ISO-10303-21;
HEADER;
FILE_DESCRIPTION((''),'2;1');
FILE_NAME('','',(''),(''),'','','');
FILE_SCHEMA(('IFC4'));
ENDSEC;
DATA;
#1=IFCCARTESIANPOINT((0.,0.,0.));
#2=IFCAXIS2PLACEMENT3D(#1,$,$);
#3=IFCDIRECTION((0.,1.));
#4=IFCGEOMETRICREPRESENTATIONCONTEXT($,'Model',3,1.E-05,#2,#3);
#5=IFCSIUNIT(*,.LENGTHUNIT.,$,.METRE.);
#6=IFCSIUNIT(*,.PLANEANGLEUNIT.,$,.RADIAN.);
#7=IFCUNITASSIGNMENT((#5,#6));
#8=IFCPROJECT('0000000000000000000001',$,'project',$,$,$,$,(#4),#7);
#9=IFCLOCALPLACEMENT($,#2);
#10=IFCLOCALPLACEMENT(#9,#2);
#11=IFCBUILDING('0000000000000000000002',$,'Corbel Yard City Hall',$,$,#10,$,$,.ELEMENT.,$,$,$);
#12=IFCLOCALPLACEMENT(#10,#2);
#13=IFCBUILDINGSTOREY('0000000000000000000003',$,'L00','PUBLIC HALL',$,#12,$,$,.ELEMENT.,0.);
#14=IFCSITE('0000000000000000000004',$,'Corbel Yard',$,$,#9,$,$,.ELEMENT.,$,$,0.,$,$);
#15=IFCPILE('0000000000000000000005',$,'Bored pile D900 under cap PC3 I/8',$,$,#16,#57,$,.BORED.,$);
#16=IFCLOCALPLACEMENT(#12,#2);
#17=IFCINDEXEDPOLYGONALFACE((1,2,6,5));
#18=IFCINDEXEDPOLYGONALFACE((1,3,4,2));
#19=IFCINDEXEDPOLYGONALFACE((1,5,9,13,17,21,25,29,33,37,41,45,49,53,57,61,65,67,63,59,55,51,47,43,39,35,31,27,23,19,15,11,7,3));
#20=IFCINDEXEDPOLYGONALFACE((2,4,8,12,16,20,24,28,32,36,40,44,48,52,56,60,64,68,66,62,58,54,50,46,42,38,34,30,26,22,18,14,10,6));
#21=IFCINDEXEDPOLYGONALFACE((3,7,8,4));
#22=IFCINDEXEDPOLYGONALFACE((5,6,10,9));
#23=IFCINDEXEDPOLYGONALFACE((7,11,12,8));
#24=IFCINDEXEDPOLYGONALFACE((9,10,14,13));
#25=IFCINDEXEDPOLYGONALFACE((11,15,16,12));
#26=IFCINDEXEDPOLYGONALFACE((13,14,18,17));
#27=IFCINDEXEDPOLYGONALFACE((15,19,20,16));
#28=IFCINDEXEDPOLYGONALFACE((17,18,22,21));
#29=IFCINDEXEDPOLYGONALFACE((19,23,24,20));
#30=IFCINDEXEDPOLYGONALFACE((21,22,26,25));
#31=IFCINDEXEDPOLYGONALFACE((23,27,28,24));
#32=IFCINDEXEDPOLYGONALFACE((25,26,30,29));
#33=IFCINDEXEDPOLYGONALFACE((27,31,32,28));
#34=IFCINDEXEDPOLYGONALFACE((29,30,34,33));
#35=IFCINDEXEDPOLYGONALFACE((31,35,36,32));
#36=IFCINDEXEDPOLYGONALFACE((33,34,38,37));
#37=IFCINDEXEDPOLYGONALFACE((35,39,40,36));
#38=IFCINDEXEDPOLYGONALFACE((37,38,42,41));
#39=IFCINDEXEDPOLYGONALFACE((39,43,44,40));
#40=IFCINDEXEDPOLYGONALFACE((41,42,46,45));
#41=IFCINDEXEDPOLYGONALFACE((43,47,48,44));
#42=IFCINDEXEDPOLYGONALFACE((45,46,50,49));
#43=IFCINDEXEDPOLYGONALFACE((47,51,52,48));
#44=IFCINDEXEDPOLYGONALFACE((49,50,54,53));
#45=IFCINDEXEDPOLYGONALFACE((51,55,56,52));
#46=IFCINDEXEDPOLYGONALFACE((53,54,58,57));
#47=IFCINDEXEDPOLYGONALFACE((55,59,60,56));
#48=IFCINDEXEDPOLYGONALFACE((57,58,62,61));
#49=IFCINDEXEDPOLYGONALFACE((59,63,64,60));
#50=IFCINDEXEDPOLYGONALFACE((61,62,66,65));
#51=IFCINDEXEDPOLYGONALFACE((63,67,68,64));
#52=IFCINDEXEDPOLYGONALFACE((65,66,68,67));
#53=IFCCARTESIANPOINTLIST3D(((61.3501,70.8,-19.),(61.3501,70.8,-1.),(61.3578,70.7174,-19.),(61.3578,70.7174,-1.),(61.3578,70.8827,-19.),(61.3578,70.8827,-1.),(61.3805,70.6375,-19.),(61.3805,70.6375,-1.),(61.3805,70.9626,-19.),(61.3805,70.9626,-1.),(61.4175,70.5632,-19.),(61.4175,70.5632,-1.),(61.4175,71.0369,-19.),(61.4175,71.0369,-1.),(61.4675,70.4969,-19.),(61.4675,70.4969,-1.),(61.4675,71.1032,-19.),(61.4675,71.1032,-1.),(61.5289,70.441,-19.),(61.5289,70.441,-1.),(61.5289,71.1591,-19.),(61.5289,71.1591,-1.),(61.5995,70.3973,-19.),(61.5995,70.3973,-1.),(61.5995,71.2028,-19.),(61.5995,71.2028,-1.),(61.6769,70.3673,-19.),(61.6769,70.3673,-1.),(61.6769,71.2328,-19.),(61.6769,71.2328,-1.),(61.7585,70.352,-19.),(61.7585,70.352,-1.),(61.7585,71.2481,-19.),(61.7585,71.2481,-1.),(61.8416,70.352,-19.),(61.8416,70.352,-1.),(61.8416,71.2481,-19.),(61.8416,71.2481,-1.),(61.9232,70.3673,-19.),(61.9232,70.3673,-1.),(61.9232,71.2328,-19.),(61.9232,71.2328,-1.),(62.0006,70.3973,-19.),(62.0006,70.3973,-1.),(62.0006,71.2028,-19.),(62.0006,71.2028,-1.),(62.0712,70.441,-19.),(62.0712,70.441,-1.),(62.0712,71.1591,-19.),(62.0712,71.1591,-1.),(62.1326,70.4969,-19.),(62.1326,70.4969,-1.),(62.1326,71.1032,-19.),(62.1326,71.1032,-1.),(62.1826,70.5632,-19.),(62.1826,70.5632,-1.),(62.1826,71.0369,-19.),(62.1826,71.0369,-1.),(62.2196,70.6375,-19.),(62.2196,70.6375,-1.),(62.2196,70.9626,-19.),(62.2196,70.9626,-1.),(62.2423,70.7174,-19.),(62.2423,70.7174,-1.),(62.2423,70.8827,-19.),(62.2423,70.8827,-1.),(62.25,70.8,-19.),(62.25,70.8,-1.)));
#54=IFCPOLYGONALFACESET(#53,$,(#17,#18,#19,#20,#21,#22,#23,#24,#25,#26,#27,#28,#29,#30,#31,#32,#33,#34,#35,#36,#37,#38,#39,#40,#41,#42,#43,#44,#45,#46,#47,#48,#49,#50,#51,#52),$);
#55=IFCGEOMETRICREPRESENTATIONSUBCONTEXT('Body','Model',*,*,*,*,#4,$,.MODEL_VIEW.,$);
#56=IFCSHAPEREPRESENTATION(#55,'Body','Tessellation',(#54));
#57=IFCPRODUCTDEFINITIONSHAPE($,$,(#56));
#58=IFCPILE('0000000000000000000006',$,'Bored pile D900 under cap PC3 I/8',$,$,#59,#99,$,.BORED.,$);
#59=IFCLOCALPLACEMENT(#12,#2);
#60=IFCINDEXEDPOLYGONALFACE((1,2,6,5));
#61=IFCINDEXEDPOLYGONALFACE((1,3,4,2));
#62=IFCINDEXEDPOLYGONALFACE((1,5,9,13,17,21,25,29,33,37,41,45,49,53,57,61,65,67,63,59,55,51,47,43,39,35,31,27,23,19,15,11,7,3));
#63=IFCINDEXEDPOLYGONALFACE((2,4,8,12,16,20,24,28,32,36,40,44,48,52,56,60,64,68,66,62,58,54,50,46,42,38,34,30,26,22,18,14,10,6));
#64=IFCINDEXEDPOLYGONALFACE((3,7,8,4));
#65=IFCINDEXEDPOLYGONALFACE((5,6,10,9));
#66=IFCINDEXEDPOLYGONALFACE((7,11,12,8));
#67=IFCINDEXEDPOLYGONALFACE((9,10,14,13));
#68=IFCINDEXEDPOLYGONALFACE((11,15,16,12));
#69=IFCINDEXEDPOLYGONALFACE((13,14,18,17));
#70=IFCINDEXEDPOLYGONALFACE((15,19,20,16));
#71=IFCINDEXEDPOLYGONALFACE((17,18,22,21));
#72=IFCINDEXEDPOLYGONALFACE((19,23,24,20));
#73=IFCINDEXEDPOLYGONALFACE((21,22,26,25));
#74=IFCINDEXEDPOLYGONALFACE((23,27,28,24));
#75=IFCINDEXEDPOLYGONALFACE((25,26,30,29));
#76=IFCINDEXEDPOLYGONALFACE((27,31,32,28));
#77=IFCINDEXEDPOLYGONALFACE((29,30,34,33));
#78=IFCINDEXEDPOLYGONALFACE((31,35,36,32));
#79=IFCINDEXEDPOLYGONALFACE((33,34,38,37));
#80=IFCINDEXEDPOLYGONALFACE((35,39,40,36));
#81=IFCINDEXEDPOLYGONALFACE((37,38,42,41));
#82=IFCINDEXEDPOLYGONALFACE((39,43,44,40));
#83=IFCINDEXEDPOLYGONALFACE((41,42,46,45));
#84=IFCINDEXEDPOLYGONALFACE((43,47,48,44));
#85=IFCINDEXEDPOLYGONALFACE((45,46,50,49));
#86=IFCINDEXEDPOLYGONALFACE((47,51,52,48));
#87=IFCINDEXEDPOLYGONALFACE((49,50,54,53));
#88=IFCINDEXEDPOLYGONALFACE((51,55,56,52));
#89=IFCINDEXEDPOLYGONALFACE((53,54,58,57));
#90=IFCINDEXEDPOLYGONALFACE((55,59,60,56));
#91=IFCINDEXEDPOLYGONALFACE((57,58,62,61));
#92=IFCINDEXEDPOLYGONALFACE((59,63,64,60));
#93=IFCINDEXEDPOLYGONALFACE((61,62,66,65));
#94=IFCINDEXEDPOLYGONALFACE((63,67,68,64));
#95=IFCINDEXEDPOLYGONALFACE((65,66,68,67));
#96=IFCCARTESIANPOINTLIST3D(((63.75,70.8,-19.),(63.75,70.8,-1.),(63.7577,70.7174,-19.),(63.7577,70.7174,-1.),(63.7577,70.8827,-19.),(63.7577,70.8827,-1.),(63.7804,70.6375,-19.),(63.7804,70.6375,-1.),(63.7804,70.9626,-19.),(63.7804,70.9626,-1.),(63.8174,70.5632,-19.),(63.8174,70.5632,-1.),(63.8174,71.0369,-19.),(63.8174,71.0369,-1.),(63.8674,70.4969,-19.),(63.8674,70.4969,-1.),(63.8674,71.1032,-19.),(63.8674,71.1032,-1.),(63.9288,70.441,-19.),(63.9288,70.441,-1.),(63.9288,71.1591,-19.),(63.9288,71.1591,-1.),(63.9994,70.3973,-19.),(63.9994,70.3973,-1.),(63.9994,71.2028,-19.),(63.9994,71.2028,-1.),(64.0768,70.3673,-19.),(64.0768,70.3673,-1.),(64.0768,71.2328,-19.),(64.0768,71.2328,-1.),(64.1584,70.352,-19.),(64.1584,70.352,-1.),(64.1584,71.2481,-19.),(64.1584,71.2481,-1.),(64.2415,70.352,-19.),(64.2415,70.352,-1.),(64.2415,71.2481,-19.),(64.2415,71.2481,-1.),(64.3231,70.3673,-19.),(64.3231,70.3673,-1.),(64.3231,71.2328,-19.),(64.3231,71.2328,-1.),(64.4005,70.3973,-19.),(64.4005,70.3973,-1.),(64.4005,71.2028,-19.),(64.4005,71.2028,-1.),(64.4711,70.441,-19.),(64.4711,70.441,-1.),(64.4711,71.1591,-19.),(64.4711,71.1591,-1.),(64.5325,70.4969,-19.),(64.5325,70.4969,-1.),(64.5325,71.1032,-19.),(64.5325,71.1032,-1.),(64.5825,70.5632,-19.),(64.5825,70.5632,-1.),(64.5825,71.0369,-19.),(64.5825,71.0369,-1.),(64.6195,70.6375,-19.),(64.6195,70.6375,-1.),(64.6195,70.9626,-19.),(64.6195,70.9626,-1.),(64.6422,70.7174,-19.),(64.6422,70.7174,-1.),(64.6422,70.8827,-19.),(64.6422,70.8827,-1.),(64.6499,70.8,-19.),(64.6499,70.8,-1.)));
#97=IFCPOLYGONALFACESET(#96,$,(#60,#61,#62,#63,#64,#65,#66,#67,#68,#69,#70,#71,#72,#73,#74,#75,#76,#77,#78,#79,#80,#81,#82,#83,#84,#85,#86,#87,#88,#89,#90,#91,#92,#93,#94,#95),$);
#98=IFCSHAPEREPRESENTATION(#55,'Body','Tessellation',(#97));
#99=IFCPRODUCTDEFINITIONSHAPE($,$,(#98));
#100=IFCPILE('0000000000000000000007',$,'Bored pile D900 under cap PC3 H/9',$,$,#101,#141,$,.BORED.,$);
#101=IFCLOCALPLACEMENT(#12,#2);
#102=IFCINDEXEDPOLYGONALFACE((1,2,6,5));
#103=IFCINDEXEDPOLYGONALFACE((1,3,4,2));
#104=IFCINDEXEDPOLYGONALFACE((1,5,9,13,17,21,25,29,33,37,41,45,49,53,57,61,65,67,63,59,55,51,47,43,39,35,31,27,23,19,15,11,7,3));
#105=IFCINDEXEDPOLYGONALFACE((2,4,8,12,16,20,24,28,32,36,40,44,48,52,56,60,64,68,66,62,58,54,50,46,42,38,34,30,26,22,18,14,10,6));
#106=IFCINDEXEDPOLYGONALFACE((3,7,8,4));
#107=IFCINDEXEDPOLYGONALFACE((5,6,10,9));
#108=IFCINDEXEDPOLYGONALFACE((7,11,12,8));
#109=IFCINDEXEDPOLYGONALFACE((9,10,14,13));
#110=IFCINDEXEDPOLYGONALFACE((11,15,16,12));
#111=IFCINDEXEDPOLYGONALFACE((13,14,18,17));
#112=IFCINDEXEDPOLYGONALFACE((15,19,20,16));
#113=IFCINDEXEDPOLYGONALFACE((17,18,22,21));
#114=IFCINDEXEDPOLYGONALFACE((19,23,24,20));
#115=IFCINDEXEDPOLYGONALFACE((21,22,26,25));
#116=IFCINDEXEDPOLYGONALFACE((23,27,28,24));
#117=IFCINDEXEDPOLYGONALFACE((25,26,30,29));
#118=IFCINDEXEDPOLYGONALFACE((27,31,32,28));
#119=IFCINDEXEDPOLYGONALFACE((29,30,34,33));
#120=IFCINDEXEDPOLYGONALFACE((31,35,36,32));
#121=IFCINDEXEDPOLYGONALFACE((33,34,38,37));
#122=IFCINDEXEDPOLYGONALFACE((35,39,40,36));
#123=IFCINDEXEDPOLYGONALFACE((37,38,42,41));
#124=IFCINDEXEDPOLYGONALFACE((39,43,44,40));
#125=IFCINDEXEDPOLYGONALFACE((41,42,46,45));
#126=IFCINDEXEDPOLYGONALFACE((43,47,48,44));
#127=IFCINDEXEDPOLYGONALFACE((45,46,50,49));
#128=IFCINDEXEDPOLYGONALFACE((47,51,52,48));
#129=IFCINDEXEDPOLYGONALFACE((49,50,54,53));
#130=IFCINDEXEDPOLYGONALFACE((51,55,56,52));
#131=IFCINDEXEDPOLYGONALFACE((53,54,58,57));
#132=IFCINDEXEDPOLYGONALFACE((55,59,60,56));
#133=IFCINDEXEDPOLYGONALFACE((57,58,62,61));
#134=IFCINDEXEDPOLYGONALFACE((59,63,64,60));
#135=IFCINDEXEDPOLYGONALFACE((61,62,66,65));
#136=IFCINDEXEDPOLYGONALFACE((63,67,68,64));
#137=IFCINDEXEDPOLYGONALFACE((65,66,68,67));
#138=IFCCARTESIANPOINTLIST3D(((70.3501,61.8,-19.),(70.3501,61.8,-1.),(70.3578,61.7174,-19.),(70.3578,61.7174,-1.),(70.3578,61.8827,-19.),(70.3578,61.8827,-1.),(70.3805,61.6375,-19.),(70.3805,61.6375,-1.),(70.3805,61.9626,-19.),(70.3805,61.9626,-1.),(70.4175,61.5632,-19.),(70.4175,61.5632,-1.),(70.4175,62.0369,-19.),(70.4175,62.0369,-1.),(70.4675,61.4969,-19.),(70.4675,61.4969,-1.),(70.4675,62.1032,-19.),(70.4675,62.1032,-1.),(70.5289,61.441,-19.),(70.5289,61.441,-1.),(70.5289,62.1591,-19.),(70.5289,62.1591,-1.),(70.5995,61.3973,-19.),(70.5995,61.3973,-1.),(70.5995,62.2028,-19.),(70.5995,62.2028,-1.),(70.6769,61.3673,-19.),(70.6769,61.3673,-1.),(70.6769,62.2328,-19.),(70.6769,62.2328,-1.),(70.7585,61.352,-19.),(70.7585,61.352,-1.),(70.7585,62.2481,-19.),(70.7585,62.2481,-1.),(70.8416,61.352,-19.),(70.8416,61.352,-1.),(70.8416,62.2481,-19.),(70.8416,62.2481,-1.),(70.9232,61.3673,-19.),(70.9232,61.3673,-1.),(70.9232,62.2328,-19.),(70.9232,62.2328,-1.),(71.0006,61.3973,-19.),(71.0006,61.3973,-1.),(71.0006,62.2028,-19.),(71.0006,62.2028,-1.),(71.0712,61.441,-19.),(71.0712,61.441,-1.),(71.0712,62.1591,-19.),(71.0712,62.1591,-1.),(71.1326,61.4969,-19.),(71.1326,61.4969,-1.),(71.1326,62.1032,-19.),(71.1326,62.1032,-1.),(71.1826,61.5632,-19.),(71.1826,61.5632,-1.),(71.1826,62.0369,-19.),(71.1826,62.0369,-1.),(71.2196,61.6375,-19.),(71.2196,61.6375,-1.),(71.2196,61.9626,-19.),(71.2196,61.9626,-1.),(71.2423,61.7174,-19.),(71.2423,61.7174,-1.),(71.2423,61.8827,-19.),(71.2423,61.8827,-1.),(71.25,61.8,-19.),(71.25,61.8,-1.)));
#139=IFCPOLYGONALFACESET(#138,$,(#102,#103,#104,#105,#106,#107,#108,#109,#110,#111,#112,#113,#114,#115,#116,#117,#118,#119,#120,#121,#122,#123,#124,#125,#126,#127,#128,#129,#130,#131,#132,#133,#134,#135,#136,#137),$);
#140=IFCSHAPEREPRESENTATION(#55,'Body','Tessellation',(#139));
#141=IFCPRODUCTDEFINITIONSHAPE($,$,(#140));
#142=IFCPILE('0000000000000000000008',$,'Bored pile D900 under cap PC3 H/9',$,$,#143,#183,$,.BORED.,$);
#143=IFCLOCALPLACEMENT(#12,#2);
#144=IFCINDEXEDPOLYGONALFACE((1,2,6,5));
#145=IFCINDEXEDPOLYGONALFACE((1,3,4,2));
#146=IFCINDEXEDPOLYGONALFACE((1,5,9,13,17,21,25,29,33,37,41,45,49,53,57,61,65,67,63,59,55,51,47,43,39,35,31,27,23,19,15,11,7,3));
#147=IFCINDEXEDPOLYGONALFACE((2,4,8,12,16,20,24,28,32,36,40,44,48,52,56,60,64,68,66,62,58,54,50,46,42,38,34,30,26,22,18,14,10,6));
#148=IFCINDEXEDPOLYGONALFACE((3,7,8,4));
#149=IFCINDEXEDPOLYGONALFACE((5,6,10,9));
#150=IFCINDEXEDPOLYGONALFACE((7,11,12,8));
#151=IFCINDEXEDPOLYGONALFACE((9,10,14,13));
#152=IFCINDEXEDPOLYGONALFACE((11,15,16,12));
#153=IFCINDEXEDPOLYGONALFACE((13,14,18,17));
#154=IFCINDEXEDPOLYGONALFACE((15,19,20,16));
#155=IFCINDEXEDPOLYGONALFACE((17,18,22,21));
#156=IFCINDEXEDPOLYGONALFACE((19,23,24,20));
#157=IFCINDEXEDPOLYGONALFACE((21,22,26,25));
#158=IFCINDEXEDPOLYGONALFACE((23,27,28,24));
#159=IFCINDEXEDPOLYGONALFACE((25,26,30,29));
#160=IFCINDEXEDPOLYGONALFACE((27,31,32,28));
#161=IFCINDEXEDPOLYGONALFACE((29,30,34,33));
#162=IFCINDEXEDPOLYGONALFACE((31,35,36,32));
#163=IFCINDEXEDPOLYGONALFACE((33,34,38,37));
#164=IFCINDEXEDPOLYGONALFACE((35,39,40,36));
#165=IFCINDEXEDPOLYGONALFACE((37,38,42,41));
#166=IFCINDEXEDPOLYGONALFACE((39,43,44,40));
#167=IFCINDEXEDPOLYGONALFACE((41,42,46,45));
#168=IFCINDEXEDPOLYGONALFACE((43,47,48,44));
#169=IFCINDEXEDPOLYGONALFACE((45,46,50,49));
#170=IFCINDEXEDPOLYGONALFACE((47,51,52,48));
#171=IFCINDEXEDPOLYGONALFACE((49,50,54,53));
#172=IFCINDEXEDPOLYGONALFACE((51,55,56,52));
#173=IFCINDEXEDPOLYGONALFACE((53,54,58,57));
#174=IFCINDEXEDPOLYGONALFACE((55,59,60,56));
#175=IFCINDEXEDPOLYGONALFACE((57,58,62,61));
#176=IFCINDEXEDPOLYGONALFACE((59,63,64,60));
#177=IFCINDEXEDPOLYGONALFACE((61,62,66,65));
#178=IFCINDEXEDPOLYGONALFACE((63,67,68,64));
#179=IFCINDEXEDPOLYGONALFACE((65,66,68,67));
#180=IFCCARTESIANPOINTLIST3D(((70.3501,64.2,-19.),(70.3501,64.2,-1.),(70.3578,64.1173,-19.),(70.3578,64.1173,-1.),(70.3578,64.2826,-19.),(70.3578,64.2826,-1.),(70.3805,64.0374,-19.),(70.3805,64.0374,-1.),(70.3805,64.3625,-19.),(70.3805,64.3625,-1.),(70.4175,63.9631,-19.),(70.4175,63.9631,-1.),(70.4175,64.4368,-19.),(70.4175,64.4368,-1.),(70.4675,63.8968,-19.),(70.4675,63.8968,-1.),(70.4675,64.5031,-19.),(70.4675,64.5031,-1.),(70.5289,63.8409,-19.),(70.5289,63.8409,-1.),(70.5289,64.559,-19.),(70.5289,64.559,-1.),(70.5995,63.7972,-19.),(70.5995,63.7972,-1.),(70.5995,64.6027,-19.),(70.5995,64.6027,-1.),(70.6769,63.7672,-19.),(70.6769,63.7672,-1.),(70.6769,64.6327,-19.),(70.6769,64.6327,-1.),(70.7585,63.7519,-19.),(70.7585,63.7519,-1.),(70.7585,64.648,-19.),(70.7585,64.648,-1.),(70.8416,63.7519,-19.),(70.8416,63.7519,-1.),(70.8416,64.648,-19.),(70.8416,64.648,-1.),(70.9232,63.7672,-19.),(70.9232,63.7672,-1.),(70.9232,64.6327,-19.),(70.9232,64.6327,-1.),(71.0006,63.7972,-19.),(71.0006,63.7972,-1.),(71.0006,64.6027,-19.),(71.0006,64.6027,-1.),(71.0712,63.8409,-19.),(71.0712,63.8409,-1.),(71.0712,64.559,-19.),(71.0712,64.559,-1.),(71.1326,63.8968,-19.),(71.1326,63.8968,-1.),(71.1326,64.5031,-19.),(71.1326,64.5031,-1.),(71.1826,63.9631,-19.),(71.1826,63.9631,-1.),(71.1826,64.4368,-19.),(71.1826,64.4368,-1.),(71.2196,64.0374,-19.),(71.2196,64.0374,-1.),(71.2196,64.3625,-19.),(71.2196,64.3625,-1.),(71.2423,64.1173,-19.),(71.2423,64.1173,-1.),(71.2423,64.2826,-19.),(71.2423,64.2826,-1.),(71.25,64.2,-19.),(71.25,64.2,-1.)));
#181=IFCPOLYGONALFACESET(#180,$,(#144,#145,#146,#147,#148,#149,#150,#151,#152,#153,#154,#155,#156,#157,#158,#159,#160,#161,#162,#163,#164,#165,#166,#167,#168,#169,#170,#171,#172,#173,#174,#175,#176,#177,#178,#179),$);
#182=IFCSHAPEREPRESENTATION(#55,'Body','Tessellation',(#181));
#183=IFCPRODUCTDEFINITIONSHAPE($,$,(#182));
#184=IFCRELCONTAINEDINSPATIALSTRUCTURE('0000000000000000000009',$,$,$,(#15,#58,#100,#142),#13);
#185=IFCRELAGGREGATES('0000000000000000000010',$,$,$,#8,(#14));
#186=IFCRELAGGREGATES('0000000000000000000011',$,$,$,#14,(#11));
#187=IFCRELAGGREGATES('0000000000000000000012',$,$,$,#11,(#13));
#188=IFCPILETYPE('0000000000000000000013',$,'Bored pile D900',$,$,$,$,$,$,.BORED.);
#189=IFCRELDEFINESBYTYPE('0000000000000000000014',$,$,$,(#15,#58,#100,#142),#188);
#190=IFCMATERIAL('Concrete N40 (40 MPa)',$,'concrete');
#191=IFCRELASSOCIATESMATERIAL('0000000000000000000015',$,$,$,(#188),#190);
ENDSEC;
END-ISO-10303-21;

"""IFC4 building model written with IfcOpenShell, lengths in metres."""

from ifc_helpers import new_model, si_unit, direction, frame, origin, origin_2d, place, context, subcontext, project, spatial, circle, extrude, material, material_profile, profile_set, type_object, element, save


model = new_model("IFC4")

# Units and contexts
model_context = context("Model", 3, precision=1e-05, world=origin(), true_north=direction((0.0, 1.0)))
body_context = subcontext(model_context, "Body", "Model", "MODEL_VIEW")
ifc_project = project(units=[si_unit("LENGTHUNIT", "METRE"), si_unit("PLANEANGLEUNIT", "RADIAN")], contexts=[model_context])

# Site, building, storey
site_placement = place(None, origin())
site = spatial("IfcSite", under=ifc_project, at=site_placement, Name="Corbel Yard", CompositionType="ELEMENT", RefElevation=0.0)
building_placement = place(site_placement, origin())
building = spatial("IfcBuilding", under=site, at=building_placement, Name="Corbel Yard City Hall", CompositionType="ELEMENT")
storey_placement = place(building_placement, origin())
storey = spatial("IfcBuildingStorey", under=building, at=storey_placement, Name="L00", Description="PUBLIC HALL", CompositionType="ELEMENT", Elevation=0.0)

# Piles
ifc_material_1 = material(Name="Concrete N40 (40 MPa)", Category="concrete")
ifc_material_profile_1 = material_profile(ifc_material_1, circle(Radius=0.45, at=origin_2d()), Name="D900")
ifc_profile_set_1 = profile_set([ifc_material_profile_1], Name="Concrete N40 (40 MPa)")
pile_type = type_object("IfcPileType", Name="Bored pile D900", PredefinedType="BORED", material=ifc_profile_set_1)
for number, where, z_axis, x_axis, name in (
    (1, (61.8, 70.8, -1.0), (0.0, 0.0, -1.0), (1.0, 0.0, 0.0), "Bored pile D900 under cap PC3 I/8"),
    (2, (64.2, 70.8, -1.0), (0.0, 0.0, -1.0), (1.0, 0.0, 0.0), "Bored pile D900 under cap PC3 I/8"),
    (3, (70.8, 61.8, -1.0), (0.0, 0.0, -1.0), (1.0, 0.0, 0.0), "Bored pile D900 under cap PC3 H/9"),
    (4, (70.8, 64.2, -1.0), (0.0, 0.0, -1.0), (1.0, 0.0, 0.0), "Bored pile D900 under cap PC3 H/9"),
):
    element("IfcPile", number, at=place(storey_placement, frame(where, z_axis=z_axis, x_axis=x_axis)), inside=storey, type_object=pile_type, Name=name, PredefinedType="BORED", context=body_context, shape_type="SweptSolid", body=[
        extrude(circle(Radius=0.45, at=origin_2d()), origin(), (0.0, 0.0, 1.0), 18.0),
    ])

save(model, "model.ifc")
